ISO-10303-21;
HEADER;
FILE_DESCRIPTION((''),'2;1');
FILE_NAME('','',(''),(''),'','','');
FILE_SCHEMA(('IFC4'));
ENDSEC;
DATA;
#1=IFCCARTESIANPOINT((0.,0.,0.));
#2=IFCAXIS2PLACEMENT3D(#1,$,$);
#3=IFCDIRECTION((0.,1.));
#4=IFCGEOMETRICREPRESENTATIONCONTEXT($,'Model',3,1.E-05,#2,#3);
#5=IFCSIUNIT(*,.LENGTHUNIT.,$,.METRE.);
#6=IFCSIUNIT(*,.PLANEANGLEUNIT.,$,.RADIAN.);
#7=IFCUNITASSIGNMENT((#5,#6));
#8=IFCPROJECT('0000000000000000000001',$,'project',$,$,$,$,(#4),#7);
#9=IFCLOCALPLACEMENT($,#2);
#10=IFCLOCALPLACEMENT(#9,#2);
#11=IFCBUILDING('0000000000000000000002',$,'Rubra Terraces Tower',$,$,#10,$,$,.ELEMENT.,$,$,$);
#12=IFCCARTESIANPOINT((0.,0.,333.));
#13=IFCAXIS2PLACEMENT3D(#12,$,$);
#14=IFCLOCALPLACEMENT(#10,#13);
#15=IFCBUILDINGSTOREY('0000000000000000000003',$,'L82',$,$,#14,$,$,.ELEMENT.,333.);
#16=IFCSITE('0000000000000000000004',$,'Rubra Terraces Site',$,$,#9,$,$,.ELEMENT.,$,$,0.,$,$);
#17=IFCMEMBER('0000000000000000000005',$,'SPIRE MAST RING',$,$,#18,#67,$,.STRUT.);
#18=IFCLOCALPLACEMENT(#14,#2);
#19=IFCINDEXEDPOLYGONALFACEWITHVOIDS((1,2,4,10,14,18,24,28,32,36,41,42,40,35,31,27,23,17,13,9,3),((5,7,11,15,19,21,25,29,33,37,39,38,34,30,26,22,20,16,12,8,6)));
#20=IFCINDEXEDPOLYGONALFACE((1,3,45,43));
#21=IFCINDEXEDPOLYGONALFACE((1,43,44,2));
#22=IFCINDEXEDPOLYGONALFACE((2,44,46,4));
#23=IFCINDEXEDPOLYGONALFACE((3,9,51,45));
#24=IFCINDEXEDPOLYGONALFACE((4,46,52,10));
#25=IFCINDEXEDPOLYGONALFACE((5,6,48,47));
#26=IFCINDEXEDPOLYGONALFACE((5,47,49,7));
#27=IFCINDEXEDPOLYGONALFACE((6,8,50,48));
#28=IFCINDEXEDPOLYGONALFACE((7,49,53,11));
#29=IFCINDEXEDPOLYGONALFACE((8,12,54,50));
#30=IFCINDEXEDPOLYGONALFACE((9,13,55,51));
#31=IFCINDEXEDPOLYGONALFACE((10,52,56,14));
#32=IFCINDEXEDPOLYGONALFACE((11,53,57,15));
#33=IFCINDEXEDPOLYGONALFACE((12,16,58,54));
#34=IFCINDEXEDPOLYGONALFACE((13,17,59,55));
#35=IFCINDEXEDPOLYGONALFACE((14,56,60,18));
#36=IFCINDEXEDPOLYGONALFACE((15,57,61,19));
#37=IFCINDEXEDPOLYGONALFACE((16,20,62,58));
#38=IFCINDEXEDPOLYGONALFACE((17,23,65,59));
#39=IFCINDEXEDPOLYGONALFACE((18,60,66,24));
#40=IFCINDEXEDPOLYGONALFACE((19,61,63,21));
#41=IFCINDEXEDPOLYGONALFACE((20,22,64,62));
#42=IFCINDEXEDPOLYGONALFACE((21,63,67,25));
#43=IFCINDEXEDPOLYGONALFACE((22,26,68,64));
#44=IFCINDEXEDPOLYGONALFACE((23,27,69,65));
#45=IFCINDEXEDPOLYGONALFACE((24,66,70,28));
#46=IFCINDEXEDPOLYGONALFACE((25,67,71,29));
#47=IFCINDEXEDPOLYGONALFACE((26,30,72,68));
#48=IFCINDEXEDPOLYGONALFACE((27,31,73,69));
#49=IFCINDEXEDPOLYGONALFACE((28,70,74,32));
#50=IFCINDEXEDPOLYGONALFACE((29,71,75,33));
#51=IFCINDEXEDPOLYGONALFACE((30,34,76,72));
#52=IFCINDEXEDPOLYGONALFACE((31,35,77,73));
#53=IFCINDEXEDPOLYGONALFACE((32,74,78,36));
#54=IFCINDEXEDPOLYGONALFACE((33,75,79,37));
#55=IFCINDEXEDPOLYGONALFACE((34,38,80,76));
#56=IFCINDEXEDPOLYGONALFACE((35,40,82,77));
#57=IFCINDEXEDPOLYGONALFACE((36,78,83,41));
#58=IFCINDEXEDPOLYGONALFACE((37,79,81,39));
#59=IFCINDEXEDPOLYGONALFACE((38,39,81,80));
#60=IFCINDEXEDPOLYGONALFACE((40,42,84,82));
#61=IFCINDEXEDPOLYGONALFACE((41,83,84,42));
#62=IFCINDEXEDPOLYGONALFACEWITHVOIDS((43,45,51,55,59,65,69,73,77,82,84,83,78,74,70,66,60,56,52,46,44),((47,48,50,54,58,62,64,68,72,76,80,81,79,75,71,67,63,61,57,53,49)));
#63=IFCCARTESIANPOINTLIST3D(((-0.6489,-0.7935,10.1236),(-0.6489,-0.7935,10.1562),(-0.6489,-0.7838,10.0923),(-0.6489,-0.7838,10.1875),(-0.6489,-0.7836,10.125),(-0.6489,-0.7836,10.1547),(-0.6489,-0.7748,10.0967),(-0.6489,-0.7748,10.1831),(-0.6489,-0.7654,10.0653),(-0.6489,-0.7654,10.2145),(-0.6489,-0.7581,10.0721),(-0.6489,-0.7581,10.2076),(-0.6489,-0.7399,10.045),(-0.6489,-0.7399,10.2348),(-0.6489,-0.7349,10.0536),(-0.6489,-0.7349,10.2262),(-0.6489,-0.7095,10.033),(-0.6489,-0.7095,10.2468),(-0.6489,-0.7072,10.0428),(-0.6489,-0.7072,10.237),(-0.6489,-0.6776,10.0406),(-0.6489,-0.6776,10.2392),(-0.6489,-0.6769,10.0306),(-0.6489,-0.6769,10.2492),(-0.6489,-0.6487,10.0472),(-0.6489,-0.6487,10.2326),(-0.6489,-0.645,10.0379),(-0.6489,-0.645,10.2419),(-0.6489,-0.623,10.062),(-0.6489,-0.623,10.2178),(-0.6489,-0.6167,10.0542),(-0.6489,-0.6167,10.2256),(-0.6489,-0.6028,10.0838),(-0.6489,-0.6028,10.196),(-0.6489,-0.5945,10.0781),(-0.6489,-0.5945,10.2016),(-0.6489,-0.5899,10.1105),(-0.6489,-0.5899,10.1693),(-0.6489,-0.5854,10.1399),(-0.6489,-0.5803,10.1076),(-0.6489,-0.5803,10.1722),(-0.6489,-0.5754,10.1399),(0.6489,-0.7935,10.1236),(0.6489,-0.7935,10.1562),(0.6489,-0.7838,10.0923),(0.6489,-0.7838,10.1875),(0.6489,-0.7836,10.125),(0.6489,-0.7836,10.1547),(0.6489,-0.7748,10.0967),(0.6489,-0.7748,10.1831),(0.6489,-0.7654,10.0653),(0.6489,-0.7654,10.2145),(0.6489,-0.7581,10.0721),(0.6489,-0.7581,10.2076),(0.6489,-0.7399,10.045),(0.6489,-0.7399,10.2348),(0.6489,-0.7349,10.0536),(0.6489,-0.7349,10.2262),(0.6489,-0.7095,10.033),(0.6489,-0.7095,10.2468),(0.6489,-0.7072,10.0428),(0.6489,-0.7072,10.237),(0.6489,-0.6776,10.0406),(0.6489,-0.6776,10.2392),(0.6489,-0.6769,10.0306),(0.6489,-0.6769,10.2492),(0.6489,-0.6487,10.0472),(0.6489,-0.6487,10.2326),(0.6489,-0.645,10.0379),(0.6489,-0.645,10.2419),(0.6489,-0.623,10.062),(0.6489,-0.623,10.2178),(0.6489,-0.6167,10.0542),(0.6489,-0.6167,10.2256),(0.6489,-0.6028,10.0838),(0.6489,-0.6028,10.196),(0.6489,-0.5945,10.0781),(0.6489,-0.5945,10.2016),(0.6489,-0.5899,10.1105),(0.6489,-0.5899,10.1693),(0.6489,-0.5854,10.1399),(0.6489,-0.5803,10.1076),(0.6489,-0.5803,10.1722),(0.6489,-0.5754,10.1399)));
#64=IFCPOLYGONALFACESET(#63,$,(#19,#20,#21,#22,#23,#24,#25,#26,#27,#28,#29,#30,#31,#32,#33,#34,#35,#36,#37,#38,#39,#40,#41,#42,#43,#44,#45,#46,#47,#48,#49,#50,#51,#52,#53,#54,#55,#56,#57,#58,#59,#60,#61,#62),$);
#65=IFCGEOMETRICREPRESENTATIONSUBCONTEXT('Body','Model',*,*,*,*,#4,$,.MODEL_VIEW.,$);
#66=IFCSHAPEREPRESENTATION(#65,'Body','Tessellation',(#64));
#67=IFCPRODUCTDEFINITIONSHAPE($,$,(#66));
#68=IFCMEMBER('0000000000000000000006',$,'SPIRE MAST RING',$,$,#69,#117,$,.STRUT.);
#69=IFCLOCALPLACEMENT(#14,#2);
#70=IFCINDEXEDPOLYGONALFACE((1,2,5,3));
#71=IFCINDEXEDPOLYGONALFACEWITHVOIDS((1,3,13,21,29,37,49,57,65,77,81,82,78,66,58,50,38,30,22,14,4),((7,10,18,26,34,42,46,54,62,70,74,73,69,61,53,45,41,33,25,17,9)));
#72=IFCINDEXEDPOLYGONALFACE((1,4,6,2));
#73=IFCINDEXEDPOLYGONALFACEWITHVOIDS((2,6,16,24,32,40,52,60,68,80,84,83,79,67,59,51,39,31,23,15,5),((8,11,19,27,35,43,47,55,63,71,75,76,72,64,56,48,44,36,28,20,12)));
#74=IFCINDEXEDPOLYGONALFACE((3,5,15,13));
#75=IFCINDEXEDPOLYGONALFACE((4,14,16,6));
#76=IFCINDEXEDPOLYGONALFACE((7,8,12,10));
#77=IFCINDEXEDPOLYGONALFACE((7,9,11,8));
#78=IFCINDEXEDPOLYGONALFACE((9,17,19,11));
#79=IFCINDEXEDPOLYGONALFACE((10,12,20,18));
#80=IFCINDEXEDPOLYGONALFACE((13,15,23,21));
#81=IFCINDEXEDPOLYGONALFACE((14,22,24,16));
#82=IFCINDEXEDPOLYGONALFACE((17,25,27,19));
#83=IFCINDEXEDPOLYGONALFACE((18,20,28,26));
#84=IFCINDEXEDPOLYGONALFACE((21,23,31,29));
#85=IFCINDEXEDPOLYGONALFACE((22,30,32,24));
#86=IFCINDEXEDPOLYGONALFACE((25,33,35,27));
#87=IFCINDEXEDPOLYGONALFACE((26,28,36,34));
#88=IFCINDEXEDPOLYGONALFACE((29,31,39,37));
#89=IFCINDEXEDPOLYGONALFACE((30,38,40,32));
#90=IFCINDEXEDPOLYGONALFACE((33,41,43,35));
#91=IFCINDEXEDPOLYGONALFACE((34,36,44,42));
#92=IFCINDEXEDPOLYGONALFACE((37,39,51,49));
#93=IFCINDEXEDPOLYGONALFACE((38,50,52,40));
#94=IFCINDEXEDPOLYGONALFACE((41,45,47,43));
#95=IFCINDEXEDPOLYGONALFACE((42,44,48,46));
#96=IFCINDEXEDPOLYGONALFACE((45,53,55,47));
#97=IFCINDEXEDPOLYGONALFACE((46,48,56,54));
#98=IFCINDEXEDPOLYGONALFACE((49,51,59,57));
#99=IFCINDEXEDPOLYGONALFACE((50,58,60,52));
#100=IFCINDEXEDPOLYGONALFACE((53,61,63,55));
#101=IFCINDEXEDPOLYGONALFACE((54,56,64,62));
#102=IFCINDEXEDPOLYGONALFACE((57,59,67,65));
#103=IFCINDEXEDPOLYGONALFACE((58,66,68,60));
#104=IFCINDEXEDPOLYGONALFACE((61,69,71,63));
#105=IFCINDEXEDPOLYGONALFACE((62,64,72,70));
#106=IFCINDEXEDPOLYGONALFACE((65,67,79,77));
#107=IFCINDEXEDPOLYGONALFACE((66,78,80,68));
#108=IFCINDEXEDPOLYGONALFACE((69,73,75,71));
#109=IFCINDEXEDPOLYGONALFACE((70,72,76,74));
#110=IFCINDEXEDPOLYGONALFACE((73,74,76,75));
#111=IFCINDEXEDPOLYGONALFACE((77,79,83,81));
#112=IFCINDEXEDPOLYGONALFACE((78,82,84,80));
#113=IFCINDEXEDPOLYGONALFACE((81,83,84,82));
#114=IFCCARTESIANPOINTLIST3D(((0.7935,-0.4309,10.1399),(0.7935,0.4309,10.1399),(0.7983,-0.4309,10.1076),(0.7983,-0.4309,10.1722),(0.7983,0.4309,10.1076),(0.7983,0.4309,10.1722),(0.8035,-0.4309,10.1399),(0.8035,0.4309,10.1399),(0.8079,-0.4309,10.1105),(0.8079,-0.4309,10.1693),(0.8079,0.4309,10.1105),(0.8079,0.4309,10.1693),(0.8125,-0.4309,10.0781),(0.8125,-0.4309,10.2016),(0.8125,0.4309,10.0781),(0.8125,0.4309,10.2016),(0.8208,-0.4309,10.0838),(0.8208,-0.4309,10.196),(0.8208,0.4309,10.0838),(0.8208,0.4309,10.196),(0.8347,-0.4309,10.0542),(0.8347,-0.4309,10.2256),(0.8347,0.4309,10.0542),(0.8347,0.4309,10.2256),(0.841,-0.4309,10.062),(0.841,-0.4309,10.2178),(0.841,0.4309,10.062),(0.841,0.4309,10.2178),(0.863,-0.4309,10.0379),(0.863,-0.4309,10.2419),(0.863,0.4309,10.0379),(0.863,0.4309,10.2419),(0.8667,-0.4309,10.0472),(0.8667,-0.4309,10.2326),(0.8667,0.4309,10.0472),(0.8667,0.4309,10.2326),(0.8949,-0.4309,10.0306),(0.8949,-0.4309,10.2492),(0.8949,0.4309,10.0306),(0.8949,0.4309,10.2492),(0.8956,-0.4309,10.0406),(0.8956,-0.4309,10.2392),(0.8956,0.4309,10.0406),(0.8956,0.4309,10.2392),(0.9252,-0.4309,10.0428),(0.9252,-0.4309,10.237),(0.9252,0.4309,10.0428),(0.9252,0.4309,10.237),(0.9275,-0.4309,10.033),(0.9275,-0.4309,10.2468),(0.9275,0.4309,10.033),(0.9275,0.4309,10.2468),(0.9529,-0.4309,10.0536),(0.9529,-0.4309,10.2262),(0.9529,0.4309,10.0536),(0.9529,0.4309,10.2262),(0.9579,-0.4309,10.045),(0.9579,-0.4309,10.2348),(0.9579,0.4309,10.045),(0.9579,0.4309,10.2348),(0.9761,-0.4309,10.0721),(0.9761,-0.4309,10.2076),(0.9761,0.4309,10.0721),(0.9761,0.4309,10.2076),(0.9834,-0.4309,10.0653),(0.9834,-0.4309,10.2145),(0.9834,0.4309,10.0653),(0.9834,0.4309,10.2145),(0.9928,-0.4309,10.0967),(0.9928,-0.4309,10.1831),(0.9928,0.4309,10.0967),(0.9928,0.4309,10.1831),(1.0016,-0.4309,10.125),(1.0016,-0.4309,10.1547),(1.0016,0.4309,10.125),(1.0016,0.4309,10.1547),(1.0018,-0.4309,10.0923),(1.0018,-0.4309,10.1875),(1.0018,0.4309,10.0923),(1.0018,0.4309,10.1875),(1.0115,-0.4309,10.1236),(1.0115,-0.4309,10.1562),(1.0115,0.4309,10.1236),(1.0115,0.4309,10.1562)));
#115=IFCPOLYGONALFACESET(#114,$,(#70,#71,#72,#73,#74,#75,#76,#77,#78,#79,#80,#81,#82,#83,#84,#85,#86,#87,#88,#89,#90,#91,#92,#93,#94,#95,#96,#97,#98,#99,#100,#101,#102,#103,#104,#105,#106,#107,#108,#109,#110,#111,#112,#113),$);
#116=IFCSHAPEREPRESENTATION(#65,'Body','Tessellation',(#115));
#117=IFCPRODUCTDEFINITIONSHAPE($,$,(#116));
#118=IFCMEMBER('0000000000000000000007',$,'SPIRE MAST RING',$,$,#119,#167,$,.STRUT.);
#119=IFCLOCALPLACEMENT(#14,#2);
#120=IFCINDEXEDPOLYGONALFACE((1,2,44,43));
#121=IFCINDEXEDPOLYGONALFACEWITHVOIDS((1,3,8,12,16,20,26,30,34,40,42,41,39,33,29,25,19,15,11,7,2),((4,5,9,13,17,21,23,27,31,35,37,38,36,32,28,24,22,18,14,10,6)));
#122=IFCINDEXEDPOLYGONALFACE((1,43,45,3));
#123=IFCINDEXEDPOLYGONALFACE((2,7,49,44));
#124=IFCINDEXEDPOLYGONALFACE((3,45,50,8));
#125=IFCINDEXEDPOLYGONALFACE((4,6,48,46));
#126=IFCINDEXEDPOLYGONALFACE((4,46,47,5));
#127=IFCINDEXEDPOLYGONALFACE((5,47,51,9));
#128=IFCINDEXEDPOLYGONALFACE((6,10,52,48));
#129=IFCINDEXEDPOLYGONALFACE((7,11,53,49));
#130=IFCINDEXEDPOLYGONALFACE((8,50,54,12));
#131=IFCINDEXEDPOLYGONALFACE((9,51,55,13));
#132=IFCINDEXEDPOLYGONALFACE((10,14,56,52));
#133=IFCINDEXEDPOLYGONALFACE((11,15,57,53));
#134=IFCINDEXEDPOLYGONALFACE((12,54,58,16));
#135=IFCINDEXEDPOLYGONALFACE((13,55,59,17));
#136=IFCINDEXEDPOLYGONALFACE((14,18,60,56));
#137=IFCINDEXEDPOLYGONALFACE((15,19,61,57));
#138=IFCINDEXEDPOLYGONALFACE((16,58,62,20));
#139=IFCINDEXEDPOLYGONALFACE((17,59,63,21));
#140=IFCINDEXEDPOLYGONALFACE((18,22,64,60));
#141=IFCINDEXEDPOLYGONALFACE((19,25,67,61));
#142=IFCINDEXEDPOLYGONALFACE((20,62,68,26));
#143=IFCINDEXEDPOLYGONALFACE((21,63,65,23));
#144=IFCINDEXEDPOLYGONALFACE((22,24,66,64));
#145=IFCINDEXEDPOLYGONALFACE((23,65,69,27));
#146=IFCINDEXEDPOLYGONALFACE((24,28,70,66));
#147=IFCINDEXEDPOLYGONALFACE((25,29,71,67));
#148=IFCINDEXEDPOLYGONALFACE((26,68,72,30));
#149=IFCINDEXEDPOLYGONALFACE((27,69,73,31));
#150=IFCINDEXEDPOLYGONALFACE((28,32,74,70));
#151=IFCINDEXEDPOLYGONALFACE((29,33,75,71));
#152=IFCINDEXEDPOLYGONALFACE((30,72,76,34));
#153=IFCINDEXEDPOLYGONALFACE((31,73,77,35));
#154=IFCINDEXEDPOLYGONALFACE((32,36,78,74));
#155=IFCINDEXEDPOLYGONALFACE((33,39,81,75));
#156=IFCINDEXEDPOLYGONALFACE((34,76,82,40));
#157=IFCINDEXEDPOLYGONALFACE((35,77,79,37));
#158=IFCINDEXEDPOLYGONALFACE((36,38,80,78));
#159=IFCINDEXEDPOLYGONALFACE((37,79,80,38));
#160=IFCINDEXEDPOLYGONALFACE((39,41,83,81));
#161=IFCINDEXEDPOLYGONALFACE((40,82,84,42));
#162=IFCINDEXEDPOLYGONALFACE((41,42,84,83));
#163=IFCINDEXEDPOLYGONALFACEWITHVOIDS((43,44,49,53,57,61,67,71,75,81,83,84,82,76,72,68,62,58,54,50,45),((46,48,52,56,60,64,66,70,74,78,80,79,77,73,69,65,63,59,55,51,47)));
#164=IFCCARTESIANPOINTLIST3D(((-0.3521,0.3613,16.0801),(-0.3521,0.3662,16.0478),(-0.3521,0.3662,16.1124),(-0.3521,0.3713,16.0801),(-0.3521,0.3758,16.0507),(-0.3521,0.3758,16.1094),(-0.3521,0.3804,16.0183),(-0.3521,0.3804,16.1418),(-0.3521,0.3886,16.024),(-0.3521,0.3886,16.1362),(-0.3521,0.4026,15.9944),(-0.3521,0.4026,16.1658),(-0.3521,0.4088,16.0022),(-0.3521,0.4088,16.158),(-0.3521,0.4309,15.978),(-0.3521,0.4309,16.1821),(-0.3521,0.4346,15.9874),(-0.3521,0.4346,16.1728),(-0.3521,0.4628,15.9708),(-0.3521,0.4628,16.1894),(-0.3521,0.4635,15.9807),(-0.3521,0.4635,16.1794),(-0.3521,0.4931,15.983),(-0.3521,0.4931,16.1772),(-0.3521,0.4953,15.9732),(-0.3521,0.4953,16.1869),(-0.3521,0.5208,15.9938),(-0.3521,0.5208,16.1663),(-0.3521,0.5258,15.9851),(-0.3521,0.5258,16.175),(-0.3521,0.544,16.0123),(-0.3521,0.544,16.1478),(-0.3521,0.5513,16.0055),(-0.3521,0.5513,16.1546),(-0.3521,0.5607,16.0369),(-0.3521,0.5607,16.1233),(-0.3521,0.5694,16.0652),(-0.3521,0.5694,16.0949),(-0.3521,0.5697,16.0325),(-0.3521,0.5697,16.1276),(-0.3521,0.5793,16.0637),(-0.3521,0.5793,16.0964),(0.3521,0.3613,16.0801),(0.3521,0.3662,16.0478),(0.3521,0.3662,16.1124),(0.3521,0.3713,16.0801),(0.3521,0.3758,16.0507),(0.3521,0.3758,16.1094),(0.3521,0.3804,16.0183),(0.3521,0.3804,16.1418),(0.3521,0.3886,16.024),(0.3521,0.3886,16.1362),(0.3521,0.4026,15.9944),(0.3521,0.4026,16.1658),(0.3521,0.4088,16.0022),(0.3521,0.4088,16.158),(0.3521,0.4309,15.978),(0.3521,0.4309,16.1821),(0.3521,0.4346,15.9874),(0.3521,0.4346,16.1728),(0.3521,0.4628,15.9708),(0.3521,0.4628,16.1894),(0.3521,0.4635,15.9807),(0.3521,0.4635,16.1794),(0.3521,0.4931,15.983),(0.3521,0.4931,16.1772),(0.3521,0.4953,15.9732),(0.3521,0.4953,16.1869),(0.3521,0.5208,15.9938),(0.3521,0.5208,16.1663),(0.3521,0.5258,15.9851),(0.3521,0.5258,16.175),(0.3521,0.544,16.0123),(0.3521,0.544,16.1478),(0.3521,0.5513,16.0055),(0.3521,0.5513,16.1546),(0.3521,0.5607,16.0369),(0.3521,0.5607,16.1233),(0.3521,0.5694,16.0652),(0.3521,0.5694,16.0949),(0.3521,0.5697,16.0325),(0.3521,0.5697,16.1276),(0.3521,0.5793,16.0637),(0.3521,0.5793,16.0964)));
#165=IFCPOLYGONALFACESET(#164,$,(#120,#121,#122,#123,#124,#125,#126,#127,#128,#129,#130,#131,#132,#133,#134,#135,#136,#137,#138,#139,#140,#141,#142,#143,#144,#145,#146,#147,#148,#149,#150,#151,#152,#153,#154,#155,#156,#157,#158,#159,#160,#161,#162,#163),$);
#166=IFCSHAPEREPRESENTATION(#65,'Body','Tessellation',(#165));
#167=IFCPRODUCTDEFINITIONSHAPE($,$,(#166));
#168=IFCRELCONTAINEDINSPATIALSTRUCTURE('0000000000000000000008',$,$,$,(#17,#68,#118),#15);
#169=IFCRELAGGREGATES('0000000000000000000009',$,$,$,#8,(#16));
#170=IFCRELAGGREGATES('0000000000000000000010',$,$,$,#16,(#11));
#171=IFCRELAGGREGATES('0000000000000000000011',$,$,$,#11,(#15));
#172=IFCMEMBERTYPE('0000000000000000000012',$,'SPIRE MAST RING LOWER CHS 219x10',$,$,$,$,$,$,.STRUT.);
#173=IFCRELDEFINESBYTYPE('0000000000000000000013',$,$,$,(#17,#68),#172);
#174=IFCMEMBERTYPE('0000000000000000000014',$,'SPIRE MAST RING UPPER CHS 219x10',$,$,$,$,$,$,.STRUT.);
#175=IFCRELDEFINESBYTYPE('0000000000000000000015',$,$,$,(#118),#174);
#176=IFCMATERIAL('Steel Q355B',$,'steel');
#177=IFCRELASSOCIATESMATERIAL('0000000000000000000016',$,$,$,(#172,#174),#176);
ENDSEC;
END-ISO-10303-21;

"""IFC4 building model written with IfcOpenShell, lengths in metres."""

from ifc_helpers import new_model, si_unit, direction, frame, origin, origin_2d, place, context, subcontext, project, spatial, hollow_circle, extrude, material, material_profile, profile_set, type_object, element, save


model = new_model("IFC4")

# Units and contexts
model_context = context("Model", 3, precision=1e-05, world=origin(), true_north=direction((0.0, 1.0)))
body_context = subcontext(model_context, "Body", "Model", "MODEL_VIEW")
ifc_project = project(units=[si_unit("LENGTHUNIT", "METRE"), si_unit("PLANEANGLEUNIT", "RADIAN")], contexts=[model_context])

# Site, building, storey
site_placement = place(None, origin())
site = spatial("IfcSite", under=ifc_project, at=site_placement, Name="Rubra Terraces Site", CompositionType="ELEMENT", RefElevation=0.0)
building_placement = place(site_placement, origin())
building = spatial("IfcBuilding", under=site, at=building_placement, Name="Rubra Terraces Tower", CompositionType="ELEMENT")
storey_placement = place(building_placement, frame((0.0, 0.0, 333.0)))
storey = spatial("IfcBuildingStorey", under=building, at=storey_placement, Name="L82", CompositionType="ELEMENT", Elevation=333.0)

# Members
ifc_material_1 = material(Name="Steel Q355B", Category="steel")
ifc_material_profile_1 = material_profile(ifc_material_1, hollow_circle(Radius=0.1096, WallThickness=0.01, at=origin_2d()), Name="CHS 219x10")
ifc_profile_set_1 = profile_set([ifc_material_profile_1], Name="Steel Q355B")
member_type_1 = type_object("IfcMemberType", Name="SPIRE MAST RING LOWER CHS 219x10", PredefinedType="STRUT", material=ifc_profile_set_1)
member_1_placement = place(storey_placement, frame((-0.6489, -0.6851, 10.1399), z_axis=(1.0, 0.0, 0.0), x_axis=(0.0, 1.0, 0.0)))
element("IfcMember", 1, at=member_1_placement, inside=storey, type_object=member_type_1, Name="SPIRE MAST RING", PredefinedType="STRUT", context=body_context, shape_type="SweptSolid", body=[
    extrude(hollow_circle(Radius=0.1096, WallThickness=0.01, at=origin_2d()), origin(), (0.0, 0.0, 1.0), 1.2979),
])
member_2_placement = place(storey_placement, frame((0.9031, -0.4309, 10.1399), z_axis=(0.0, 1.0, 0.0), x_axis=(-1.0, 0.0, 0.0)))
element("IfcMember", 2, at=member_2_placement, inside=storey, type_object=member_type_1, Name="SPIRE MAST RING", PredefinedType="STRUT", context=body_context, shape_type="SweptSolid", body=[
    extrude(hollow_circle(Radius=0.1096, WallThickness=0.01, at=origin_2d()), origin(), (0.0, 0.0, 1.0), 0.8618),
])
ifc_material_profile_2 = material_profile(ifc_material_1, hollow_circle(Radius=0.1096, WallThickness=0.01, at=origin_2d()), Name="CHS 219x10")
ifc_profile_set_2 = profile_set([ifc_material_profile_2], Name="Steel Q355B")
member_type_2 = type_object("IfcMemberType", Name="SPIRE MAST RING UPPER CHS 219x10", PredefinedType="STRUT", material=ifc_profile_set_2)
member_3_placement = place(storey_placement, frame((0.3521, 0.4709, 16.0801), z_axis=(-1.0, 0.0, 0.0), x_axis=(0.0, -1.0, 0.0)))
element("IfcMember", 3, at=member_3_placement, inside=storey, type_object=member_type_2, Name="SPIRE MAST RING", PredefinedType="STRUT", context=body_context, shape_type="SweptSolid", body=[
    extrude(hollow_circle(Radius=0.1096, WallThickness=0.01, at=origin_2d()), origin(), (0.0, 0.0, 1.0), 0.7041),
])

save(model, "model.ifc")
